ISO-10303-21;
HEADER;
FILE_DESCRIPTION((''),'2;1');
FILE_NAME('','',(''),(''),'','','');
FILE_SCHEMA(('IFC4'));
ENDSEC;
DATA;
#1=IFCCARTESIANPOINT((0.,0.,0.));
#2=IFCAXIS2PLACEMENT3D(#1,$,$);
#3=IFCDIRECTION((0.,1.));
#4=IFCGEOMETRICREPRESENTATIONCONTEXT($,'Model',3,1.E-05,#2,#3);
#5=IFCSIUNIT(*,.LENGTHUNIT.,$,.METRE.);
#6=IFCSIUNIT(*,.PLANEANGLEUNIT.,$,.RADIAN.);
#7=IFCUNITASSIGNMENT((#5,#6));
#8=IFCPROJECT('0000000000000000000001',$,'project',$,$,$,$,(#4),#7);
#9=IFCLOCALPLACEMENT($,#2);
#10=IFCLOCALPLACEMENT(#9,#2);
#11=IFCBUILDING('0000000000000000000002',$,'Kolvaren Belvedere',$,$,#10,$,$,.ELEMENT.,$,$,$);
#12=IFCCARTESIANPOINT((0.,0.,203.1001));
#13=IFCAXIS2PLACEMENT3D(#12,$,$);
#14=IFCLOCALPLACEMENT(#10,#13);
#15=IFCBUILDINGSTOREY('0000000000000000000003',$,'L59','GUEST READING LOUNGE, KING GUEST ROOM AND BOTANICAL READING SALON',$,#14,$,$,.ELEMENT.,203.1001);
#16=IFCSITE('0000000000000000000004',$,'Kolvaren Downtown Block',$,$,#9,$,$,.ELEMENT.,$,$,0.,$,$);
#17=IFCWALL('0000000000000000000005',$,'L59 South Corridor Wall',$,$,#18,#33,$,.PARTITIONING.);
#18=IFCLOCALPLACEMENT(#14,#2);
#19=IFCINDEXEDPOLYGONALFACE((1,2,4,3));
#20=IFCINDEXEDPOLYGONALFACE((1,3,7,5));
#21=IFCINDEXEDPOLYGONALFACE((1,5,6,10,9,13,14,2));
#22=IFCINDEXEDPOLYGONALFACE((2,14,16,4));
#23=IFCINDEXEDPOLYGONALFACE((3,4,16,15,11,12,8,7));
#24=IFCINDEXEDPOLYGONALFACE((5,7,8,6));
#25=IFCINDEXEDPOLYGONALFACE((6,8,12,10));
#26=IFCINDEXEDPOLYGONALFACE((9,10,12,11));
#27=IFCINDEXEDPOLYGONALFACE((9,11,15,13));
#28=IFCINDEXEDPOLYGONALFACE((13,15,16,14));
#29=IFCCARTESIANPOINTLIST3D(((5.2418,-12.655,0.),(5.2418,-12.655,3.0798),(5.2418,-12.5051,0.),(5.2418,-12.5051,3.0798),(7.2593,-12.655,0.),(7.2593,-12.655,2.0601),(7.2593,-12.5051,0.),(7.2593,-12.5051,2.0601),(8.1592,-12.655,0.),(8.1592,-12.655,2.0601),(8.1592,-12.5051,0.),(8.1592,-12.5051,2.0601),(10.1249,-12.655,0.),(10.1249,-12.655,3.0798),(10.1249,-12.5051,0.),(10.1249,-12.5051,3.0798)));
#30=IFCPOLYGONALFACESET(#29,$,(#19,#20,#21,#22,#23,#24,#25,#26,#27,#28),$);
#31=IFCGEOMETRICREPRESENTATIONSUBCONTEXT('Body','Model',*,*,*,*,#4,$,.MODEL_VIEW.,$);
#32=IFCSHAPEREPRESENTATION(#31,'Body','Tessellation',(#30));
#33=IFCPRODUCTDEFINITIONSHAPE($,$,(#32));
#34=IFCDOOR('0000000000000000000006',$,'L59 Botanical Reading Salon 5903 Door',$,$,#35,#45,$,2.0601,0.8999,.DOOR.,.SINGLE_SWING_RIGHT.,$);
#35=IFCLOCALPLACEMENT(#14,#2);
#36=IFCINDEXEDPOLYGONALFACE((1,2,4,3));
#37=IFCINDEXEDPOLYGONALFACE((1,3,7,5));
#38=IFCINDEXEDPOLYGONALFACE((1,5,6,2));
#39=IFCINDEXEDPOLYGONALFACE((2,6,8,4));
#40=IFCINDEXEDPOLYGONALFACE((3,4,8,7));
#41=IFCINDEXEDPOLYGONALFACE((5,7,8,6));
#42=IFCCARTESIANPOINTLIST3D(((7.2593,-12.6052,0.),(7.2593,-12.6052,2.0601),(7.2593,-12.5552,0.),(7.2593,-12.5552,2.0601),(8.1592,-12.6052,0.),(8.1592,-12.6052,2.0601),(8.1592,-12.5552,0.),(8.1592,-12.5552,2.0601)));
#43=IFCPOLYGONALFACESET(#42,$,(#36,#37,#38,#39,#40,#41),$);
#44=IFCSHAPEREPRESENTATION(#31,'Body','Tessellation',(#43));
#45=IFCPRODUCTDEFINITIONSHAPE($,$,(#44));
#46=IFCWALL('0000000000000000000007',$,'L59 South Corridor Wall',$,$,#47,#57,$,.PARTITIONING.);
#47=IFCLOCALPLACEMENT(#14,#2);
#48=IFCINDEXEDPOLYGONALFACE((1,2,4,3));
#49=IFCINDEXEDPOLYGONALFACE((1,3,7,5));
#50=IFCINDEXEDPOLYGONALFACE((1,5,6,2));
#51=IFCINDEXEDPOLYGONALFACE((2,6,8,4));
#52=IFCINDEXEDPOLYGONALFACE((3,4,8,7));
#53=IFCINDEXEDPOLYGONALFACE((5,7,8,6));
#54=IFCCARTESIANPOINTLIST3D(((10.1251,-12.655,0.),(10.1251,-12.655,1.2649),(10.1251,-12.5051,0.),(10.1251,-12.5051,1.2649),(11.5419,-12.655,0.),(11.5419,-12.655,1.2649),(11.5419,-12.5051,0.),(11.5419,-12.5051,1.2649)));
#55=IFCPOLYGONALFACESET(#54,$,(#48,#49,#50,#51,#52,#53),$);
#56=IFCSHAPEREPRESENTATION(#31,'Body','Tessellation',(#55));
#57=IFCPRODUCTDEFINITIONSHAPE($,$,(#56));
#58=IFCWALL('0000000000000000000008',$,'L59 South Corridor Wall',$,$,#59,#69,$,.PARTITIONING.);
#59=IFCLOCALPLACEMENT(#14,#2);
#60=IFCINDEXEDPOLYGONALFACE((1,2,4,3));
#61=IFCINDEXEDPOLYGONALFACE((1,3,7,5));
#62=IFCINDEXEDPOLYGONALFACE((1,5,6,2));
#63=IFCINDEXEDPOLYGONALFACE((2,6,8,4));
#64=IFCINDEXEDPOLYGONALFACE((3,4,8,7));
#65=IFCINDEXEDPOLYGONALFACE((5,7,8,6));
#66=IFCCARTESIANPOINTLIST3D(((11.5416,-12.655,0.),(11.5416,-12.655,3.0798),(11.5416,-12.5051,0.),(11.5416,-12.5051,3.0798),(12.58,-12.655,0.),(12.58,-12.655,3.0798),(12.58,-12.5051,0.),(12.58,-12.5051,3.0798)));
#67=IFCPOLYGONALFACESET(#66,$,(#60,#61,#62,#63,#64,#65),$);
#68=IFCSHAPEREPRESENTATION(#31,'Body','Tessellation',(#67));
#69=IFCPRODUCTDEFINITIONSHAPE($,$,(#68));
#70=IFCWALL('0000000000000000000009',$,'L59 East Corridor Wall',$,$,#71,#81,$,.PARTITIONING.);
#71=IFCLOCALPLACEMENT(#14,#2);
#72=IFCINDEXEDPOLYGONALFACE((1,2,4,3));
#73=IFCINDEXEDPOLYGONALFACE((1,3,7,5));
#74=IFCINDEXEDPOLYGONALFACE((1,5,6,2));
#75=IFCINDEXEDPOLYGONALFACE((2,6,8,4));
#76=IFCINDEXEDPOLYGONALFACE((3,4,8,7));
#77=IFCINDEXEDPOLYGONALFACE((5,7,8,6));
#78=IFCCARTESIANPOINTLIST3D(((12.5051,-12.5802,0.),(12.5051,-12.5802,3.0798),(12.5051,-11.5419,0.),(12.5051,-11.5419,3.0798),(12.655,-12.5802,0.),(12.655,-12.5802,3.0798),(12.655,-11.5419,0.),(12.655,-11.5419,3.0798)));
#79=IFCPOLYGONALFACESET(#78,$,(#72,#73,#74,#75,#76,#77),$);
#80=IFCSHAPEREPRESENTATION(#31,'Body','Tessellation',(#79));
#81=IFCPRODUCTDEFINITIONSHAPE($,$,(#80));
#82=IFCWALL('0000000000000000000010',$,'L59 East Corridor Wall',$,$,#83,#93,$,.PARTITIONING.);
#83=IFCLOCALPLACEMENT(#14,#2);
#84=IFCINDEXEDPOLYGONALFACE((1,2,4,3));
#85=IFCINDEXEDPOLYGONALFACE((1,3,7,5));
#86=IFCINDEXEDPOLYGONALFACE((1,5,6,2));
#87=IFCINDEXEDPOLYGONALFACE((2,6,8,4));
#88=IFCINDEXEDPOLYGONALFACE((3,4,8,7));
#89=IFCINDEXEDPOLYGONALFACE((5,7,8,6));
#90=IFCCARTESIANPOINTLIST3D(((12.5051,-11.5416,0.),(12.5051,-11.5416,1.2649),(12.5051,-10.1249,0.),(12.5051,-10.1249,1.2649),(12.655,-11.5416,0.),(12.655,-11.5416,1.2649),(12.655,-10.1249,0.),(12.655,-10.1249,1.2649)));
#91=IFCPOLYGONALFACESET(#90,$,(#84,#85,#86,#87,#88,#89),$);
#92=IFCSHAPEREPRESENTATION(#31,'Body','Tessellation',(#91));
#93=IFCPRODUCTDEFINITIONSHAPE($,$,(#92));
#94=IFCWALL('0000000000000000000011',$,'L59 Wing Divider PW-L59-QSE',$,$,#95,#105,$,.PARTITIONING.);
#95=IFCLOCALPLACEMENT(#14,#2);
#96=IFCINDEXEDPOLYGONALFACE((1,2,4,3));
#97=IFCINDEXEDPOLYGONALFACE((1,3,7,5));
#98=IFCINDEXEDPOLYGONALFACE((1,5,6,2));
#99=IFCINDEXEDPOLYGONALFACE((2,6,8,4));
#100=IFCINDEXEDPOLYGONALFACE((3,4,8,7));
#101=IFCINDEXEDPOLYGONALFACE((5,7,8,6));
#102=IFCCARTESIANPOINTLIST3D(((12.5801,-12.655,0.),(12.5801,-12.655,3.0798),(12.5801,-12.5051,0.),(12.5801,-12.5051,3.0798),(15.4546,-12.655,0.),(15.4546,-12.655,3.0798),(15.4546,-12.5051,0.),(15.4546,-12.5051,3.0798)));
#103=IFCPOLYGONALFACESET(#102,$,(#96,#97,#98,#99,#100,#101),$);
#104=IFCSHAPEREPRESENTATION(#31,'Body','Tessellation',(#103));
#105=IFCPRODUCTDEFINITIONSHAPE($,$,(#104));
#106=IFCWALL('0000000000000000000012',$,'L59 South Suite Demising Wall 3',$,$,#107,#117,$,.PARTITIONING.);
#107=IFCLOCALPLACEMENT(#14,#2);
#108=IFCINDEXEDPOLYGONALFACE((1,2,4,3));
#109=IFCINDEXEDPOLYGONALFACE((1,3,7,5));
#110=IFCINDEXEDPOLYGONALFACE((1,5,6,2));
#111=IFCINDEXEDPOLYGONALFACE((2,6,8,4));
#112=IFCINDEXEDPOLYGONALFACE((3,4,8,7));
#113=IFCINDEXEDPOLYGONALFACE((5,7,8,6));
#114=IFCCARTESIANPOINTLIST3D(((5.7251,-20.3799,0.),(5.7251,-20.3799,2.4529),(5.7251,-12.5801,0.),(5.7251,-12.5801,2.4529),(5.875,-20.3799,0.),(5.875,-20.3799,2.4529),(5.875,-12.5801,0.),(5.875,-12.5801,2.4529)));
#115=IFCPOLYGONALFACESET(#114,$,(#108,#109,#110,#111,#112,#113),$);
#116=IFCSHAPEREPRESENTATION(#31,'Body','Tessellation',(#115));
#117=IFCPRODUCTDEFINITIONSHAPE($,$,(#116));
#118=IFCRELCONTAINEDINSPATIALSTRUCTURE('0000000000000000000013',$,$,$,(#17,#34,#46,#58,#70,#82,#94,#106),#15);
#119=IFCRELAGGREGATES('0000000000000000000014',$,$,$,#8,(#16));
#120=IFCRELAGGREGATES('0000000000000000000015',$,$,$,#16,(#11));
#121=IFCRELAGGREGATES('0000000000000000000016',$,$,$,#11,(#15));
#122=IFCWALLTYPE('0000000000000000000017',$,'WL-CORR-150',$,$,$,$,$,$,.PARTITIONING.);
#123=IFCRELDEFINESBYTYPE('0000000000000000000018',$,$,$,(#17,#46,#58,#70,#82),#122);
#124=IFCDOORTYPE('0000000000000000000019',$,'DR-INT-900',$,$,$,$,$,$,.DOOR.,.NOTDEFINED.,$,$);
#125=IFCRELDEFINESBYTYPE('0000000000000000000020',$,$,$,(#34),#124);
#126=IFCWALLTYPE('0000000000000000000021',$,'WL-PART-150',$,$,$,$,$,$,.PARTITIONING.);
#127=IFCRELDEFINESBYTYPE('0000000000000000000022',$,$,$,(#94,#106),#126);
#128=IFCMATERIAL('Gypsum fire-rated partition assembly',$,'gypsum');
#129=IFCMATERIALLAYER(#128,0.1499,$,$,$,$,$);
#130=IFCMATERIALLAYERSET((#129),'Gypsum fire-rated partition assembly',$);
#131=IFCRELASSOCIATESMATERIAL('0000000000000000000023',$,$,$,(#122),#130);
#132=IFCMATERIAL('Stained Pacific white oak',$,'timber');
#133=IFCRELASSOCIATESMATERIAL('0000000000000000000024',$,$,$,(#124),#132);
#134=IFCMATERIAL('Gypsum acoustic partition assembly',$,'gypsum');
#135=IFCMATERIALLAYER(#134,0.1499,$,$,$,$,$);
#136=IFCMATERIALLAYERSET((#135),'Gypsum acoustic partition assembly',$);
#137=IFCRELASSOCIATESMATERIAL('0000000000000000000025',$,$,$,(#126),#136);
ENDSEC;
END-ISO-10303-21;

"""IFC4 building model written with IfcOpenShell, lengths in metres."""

from ifc_helpers import new_model, si_unit, direction, frame, frame_2d, origin, place, context, subcontext, project, spatial, rectangle, extrude, material, layer, layer_set, type_object, element, fill, save


model = new_model("IFC4")

# Units and contexts
model_context = context("Model", 3, precision=1e-05, world=origin(), true_north=direction((0.0, 1.0)))
body_context = subcontext(model_context, "Body", "Model", "MODEL_VIEW")
ifc_project = project(units=[si_unit("LENGTHUNIT", "METRE"), si_unit("PLANEANGLEUNIT", "RADIAN")], contexts=[model_context])

# Site, building, storey
site_placement = place(None, origin())
site = spatial("IfcSite", under=ifc_project, at=site_placement, Name="Kolvaren Downtown Block", CompositionType="ELEMENT", RefElevation=0.0)
building_placement = place(site_placement, origin())
building = spatial("IfcBuilding", under=site, at=building_placement, Name="Kolvaren Belvedere", CompositionType="ELEMENT")
storey_placement = place(building_placement, frame((0.0, 0.0, 203.1001)))
storey = spatial("IfcBuildingStorey", under=building, at=storey_placement, Name="L59", Description="GUEST READING LOUNGE, KING GUEST ROOM AND BOTANICAL READING SALON", CompositionType="ELEMENT", Elevation=203.1001)

# Shared definitions
ifc_material_1 = material(Name="Gypsum fire-rated partition assembly", Category="gypsum")
ifc_layer_1 = layer(ifc_material_1, 0.1499)
ifc_layer_set_1 = layer_set([ifc_layer_1], Name="Gypsum fire-rated partition assembly")
wall_type_1 = type_object("IfcWallType", Name="WL-CORR-150", PredefinedType="PARTITIONING", material=ifc_layer_set_1)

# Wall, opening, door
wall_1_placement = place(storey_placement, frame((5.2419, -12.5801, 0.0), z_axis=(0.0, 0.0, 1.0), x_axis=(1.0, 0.0, 0.0)))
wall_1 = element("IfcWall", 1, at=wall_1_placement, inside=storey, type_object=wall_type_1, Name="L59 South Corridor Wall", PredefinedType="PARTITIONING", context=body_context, shape_type="SweptSolid", body=[
    extrude(rectangle(XDim=4.8831, YDim=0.1499, at=frame_2d((2.4414, 0.0))), origin(), (0.0, 0.0, 1.0), 3.0798),
])
opening_placement = place(wall_1_placement, frame((2.0173, 0.0, 0.0)))
opening = element("IfcOpeningElement", 2, at=opening_placement, cuts=wall_1, PredefinedType="OPENING", context=body_context, shape_type="SweptSolid", body=[
    extrude(rectangle(XDim=0.8999, YDim=2.0601, at=frame_2d((0.45, 1.03))), frame((0.0, 0.085, 0.0), z_axis=(0.0, -1.0, 0.0), x_axis=(1.0, 0.0, 0.0)), (0.0, 0.0, 1.0), 0.1699),
])
ifc_material_2 = material(Name="Stained Pacific white oak", Category="timber")
door_type = type_object("IfcDoorType", Name="DR-INT-900", OperationType="NOTDEFINED", PredefinedType="DOOR", material=ifc_material_2)
door_placement = place(opening_placement, origin())
door = element("IfcDoor", 3, at=door_placement, inside=storey, type_object=door_type, Name="L59 Botanical Reading Salon 5903 Door", OperationType="SINGLE_SWING_RIGHT", OverallHeight=2.0601, OverallWidth=0.8999, PredefinedType="DOOR", context=body_context, shape_type="SweptSolid", body=[
    extrude(rectangle(XDim=0.8999, YDim=2.0601, at=frame_2d((0.45, 1.03))), frame((0.0, 0.0249, 0.0), z_axis=(0.0, -1.0, 0.0), x_axis=(1.0, 0.0, 0.0)), (0.0, 0.0, 1.0), 0.05),
])
fill(opening, door)

# Walls
wall_2_placement = place(storey_placement, frame((10.125, -12.5801, 0.0), z_axis=(0.0, 0.0, 1.0), x_axis=(1.0, 0.0, 0.0)))
element("IfcWall", 4, at=wall_2_placement, inside=storey, type_object=wall_type_1, Name="L59 South Corridor Wall", PredefinedType="PARTITIONING", context=body_context, shape_type="SweptSolid", body=[
    extrude(rectangle(XDim=1.4167, YDim=0.1499, at=frame_2d((0.7085, 0.0))), origin(), (0.0, 0.0, 1.0), 1.2649),
])
for number, where, z_axis, x_axis, name in (
    (5, (11.5417, -12.5801, 0.0), (0.0, 0.0, 1.0), (1.0, 0.0, 0.0), "L59 South Corridor Wall"),
    (6, (12.5801, -12.5801, 0.0), (0.0, 0.0, 1.0), (0.0, 1.0, 0.0), "L59 East Corridor Wall"),
):
    element("IfcWall", number, at=place(storey_placement, frame(where, z_axis=z_axis, x_axis=x_axis)), inside=storey, type_object=wall_type_1, Name=name, PredefinedType="PARTITIONING", context=body_context, shape_type="SweptSolid", body=[
        extrude(rectangle(XDim=1.0383, YDim=0.1499, at=frame_2d((0.519, 0.0))), origin(), (0.0, 0.0, 1.0), 3.0798),
    ])
wall_3_placement = place(storey_placement, frame((12.5801, -11.5417, 0.0), z_axis=(0.0, 0.0, 1.0), x_axis=(0.0, 1.0, 0.0)))
element("IfcWall", 7, at=wall_3_placement, inside=storey, type_object=wall_type_1, Name="L59 East Corridor Wall", PredefinedType="PARTITIONING", context=body_context, shape_type="SweptSolid", body=[
    extrude(rectangle(XDim=1.4167, YDim=0.1499, at=frame_2d((0.7085, 0.0))), origin(), (0.0, 0.0, 1.0), 1.2649),
])
ifc_material_3 = material(Name="Gypsum acoustic partition assembly", Category="gypsum")
ifc_layer_2 = layer(ifc_material_3, 0.1499)
ifc_layer_set_2 = layer_set([ifc_layer_2], Name="Gypsum acoustic partition assembly")
wall_type_2 = type_object("IfcWallType", Name="WL-PART-150", PredefinedType="PARTITIONING", material=ifc_layer_set_2)
wall_4_placement = place(storey_placement, frame((12.5801, -12.5801, 0.0), z_axis=(0.0, 0.0, 1.0), x_axis=(1.0, 0.0, 0.0)))
element("IfcWall", 8, at=wall_4_placement, inside=storey, type_object=wall_type_2, Name="L59 Wing Divider PW-L59-QSE", PredefinedType="PARTITIONING", context=body_context, shape_type="SweptSolid", body=[
    extrude(rectangle(XDim=2.8745, YDim=0.1499, at=frame_2d((1.4373, 0.0))), origin(), (0.0, 0.0, 1.0), 3.0798),
])
wall_5_placement = place(storey_placement, frame((5.8, -20.3799, 0.0), z_axis=(0.0, 0.0, 1.0), x_axis=(0.0, 1.0, 0.0)))
element("IfcWall", 9, at=wall_5_placement, inside=storey, type_object=wall_type_2, Name="L59 South Suite Demising Wall 3", PredefinedType="PARTITIONING", context=body_context, shape_type="SweptSolid", body=[
    extrude(rectangle(XDim=7.7998, YDim=0.1499, at=frame_2d((3.8999, 0.0))), origin(), (0.0, 0.0, 1.0), 2.4529),
])

save(model, "model.ifc")
